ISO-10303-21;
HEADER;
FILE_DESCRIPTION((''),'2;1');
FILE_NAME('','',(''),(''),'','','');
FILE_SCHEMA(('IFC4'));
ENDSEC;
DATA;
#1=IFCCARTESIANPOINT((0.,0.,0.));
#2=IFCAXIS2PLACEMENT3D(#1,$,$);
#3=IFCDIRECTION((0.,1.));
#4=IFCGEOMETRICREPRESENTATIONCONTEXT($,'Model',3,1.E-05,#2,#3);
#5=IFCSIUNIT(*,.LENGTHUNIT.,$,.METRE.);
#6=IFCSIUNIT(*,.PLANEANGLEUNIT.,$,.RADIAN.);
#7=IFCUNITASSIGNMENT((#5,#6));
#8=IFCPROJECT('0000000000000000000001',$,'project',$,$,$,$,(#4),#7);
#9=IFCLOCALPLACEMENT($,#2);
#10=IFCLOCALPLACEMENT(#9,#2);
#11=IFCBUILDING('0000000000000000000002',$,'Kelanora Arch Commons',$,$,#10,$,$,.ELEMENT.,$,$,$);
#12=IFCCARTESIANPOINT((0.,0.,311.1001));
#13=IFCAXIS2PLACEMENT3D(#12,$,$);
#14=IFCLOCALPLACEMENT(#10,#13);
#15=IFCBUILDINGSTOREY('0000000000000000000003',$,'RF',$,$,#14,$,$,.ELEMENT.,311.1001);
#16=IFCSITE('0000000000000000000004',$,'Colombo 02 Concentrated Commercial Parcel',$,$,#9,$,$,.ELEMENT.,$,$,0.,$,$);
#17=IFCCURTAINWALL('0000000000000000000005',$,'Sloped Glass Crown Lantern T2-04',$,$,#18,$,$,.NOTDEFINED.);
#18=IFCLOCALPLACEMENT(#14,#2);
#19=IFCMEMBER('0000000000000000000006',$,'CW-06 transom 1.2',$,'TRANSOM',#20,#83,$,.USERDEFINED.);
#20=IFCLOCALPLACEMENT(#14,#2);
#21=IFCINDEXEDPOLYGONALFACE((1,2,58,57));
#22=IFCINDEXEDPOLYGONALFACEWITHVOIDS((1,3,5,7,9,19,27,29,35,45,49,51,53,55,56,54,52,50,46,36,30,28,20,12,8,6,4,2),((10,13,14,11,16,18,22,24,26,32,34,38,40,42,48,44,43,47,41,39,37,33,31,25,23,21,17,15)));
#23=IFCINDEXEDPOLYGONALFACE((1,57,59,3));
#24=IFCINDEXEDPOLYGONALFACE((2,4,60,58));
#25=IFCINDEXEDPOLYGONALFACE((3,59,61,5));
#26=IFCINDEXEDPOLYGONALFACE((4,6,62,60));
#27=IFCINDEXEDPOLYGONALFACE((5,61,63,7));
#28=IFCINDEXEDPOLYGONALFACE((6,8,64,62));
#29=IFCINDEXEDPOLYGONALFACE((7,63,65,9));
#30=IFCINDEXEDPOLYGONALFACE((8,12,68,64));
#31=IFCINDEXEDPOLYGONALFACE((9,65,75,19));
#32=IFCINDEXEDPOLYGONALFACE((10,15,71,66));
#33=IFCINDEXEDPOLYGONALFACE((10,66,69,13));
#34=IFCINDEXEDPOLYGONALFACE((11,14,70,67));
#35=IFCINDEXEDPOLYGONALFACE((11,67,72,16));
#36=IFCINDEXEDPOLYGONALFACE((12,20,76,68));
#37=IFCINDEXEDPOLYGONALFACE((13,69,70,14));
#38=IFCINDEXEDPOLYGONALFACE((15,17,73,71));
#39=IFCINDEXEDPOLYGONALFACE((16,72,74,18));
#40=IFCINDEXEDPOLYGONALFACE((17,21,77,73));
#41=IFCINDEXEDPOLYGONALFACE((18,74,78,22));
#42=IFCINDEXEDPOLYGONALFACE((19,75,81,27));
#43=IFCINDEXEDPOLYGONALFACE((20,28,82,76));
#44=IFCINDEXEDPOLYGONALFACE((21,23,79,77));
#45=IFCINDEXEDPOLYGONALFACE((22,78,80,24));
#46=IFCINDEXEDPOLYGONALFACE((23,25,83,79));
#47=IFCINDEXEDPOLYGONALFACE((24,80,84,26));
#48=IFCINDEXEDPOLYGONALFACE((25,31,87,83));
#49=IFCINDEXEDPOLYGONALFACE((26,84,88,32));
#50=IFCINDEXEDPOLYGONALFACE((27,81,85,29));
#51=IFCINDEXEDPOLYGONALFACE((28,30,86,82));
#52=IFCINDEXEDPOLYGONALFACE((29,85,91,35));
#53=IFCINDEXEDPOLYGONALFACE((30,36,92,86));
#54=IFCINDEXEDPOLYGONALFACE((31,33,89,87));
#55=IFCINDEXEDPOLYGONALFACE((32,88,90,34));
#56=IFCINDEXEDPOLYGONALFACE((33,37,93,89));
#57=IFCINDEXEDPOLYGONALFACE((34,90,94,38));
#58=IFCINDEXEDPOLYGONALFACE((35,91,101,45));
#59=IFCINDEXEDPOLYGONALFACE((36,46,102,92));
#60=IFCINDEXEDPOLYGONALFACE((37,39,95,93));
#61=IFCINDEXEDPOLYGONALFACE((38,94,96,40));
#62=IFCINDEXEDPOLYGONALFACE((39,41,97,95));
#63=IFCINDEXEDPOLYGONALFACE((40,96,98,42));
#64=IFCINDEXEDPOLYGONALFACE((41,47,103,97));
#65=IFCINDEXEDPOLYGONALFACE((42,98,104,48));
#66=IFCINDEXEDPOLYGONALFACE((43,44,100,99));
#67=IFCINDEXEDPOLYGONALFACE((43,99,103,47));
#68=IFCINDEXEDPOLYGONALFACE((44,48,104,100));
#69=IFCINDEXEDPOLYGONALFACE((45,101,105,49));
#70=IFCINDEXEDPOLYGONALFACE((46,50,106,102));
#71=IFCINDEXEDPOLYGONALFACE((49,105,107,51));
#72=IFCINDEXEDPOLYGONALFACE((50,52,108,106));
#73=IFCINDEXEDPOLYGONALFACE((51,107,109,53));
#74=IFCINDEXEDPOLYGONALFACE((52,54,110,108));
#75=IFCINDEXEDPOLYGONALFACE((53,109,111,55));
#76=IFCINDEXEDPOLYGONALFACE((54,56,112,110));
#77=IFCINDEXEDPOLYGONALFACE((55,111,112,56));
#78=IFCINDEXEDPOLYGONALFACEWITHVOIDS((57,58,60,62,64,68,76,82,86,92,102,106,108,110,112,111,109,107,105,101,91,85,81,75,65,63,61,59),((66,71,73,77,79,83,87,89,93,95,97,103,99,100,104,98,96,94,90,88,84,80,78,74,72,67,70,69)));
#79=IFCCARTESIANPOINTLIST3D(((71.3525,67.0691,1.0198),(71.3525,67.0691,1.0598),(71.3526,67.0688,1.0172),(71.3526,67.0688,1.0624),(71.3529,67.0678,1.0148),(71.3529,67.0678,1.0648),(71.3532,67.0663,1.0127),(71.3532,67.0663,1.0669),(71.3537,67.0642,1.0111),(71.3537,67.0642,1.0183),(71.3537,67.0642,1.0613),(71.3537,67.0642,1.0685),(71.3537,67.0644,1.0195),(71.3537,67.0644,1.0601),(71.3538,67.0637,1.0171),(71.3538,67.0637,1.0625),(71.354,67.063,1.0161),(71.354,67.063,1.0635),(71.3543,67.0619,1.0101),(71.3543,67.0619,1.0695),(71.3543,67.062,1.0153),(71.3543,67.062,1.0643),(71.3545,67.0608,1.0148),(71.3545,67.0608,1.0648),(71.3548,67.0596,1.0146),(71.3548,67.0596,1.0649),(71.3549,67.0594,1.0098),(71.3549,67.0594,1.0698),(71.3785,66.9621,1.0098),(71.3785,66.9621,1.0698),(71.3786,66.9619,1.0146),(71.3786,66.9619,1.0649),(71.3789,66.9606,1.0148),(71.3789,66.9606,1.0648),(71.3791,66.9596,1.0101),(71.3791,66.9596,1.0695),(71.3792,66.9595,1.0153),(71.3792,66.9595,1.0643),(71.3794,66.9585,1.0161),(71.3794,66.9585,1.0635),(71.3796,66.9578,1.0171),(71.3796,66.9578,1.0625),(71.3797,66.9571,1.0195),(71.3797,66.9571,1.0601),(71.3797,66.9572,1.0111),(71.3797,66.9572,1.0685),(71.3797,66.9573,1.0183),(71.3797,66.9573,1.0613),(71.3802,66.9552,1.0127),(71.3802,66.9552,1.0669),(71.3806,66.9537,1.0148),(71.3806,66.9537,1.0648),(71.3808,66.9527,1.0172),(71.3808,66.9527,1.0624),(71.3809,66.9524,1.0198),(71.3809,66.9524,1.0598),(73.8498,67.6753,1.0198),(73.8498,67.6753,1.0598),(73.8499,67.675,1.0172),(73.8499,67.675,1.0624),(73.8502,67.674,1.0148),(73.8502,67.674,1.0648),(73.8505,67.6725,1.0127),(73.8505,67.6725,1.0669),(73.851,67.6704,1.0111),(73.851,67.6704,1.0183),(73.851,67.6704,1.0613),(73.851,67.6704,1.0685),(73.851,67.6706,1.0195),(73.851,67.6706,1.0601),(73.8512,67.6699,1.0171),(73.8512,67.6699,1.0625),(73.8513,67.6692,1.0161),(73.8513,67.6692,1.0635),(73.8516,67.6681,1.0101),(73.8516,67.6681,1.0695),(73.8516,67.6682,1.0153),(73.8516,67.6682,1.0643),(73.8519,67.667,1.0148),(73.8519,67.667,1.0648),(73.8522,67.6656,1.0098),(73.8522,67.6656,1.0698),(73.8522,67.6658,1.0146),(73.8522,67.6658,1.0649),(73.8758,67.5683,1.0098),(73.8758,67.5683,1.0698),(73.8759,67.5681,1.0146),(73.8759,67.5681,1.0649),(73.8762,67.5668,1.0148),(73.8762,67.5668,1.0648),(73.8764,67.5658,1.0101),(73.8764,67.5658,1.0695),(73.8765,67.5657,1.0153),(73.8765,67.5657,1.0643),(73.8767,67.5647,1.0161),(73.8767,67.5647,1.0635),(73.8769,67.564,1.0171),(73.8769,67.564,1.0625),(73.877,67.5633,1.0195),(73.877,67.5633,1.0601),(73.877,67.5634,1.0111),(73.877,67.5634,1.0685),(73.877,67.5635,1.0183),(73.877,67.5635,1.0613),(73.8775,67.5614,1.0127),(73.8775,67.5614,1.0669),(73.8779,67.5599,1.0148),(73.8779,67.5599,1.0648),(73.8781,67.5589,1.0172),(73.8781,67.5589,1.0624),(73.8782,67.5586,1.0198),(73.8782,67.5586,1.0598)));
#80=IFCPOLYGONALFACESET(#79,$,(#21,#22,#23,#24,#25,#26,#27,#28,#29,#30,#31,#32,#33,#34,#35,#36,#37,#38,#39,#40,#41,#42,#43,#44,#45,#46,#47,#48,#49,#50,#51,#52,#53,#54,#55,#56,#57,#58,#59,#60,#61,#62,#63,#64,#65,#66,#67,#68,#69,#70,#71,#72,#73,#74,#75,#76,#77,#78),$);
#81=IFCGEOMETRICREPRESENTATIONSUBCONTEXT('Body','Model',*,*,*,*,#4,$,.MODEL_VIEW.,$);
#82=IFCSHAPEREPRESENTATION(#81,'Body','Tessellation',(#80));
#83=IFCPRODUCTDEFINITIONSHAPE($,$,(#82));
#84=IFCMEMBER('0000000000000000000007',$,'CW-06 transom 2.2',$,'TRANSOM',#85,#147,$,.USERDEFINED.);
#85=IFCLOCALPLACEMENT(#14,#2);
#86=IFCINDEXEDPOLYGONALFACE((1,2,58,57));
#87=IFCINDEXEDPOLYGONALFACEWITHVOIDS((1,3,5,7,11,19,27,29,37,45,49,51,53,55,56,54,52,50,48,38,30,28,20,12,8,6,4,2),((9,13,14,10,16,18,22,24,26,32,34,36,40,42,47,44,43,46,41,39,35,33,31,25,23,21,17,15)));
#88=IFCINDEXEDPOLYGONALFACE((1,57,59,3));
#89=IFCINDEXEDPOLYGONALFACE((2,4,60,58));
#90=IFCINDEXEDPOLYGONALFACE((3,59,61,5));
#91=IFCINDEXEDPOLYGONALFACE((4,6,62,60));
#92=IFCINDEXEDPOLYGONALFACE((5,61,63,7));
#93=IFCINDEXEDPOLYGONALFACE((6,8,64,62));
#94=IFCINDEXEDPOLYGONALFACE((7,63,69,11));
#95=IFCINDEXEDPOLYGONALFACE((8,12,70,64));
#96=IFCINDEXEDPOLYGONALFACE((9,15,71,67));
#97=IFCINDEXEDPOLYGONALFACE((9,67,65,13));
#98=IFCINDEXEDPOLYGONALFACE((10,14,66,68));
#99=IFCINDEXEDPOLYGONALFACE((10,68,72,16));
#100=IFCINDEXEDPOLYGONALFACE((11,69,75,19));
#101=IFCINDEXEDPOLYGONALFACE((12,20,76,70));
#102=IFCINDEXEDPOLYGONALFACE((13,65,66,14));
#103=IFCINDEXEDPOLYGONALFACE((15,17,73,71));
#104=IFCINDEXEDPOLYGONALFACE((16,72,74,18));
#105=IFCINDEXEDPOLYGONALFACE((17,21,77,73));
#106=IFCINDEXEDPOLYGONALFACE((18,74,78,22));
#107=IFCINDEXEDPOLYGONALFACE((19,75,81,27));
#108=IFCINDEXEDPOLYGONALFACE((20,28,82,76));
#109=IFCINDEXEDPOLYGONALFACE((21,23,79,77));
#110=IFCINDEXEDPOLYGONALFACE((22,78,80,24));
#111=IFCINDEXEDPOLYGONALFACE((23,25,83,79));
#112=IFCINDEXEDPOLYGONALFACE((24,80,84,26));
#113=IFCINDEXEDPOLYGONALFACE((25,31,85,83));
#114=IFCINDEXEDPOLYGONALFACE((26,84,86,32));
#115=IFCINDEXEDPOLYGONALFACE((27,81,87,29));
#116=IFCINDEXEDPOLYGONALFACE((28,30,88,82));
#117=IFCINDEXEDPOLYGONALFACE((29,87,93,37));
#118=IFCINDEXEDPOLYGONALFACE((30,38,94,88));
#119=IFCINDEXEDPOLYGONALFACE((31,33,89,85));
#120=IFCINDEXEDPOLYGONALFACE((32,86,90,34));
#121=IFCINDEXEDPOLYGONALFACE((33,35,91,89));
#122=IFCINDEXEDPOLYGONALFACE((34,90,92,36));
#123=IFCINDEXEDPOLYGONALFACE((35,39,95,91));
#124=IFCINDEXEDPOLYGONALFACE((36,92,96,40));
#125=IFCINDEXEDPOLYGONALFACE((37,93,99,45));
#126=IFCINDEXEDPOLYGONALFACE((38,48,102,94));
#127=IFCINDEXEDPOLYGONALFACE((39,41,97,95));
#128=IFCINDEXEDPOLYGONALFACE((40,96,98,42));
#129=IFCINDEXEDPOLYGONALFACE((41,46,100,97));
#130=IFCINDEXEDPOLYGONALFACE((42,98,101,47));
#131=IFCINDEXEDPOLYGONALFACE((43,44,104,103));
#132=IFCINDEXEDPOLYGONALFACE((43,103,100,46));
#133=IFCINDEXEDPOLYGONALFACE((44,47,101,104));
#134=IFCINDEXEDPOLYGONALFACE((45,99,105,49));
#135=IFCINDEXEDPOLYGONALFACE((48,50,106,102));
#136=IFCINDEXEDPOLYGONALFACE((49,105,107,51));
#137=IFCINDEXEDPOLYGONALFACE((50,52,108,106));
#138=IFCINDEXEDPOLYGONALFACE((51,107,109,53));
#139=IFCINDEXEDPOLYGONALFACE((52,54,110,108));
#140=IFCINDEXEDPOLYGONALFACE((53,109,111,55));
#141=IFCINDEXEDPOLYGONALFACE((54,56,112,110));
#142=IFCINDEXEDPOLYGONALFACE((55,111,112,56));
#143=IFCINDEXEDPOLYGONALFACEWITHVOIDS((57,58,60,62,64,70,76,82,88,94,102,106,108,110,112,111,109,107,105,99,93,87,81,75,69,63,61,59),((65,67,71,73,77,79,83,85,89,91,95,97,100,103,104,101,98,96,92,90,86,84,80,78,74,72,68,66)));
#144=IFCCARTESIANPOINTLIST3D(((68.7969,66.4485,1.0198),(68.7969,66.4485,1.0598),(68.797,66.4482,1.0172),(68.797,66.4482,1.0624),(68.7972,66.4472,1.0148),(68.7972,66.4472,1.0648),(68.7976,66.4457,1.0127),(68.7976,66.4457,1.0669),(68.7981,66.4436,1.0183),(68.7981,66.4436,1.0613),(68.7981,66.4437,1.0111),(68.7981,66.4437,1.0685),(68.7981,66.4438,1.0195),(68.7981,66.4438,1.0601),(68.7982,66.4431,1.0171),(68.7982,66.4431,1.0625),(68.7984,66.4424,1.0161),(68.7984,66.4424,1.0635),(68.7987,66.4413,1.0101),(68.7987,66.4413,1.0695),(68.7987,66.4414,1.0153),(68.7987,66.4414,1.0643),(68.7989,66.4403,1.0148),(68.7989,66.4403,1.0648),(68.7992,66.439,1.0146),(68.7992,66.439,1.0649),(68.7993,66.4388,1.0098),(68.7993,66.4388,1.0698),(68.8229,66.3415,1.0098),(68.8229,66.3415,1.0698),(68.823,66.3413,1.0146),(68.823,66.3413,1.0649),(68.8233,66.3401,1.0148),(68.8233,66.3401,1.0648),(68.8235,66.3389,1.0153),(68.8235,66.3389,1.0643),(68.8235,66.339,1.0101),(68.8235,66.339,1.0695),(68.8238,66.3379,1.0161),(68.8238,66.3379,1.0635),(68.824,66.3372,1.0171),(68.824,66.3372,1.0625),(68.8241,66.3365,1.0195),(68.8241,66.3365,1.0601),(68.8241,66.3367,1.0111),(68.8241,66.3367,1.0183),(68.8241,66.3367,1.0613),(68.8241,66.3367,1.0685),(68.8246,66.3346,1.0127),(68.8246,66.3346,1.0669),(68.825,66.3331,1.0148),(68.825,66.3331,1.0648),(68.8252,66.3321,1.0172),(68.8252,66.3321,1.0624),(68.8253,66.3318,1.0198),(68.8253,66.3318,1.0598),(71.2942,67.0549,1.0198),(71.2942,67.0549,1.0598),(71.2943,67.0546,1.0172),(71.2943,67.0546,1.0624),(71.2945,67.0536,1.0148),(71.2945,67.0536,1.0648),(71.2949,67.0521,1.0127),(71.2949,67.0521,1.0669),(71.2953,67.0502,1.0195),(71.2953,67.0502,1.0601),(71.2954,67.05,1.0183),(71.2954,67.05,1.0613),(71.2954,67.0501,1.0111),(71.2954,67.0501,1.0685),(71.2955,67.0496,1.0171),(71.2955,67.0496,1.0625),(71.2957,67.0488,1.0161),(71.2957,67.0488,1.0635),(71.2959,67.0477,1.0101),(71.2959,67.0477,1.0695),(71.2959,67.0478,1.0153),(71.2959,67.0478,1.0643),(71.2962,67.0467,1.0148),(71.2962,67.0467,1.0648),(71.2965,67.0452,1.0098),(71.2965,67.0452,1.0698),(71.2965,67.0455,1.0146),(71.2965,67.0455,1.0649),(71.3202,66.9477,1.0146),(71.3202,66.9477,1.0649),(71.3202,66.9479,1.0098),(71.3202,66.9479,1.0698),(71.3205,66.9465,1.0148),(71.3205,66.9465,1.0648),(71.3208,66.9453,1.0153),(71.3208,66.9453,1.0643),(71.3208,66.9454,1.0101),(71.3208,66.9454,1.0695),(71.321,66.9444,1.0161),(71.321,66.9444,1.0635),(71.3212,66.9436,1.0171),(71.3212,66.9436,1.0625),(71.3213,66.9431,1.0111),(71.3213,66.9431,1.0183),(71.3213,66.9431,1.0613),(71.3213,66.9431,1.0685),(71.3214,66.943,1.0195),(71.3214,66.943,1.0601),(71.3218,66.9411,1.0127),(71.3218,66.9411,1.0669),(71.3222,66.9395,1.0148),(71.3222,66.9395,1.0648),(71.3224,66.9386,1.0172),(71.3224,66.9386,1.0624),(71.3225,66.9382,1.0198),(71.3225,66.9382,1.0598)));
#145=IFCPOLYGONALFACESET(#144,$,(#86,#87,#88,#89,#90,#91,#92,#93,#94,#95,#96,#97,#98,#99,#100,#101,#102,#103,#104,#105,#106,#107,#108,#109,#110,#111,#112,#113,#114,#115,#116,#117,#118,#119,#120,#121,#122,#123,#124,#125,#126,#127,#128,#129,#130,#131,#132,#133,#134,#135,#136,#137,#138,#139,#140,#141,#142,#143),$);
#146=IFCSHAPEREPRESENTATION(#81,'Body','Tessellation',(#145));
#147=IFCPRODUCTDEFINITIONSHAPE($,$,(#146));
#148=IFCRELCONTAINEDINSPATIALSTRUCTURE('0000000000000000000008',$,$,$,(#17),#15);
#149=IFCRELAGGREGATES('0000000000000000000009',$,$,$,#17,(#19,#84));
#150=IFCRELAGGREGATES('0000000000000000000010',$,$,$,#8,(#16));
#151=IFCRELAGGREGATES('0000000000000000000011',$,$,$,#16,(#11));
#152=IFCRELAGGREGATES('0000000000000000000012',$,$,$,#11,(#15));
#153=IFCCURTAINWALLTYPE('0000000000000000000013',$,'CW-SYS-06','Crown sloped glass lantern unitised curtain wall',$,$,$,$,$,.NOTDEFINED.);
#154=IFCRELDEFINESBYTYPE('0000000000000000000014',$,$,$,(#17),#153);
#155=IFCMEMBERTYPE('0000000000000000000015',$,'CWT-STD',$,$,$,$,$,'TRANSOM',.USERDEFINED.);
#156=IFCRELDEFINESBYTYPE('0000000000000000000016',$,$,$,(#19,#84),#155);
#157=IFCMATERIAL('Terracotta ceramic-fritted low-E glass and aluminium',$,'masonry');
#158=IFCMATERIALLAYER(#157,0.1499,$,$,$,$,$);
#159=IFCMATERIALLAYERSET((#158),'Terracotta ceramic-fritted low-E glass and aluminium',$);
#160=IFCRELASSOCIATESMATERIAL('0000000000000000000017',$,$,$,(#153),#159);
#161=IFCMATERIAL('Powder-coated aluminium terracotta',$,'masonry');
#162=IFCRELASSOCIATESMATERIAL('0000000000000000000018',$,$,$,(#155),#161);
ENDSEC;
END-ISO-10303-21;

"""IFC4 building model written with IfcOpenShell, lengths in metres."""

from ifc_helpers import new_model, si_unit, direction, frame, origin, origin_2d, place, context, subcontext, project, spatial, hollow_rectangle, extrude, material, layer, layer_set, material_profile, profile_set, type_object, element, aggregate, save


model = new_model("IFC4")

# Units and contexts
model_context = context("Model", 3, precision=1e-05, world=origin(), true_north=direction((0.0, 1.0)))
body_context = subcontext(model_context, "Body", "Model", "MODEL_VIEW")
ifc_project = project(units=[si_unit("LENGTHUNIT", "METRE"), si_unit("PLANEANGLEUNIT", "RADIAN")], contexts=[model_context])

# Site, building, storey
site_placement = place(None, origin())
site = spatial("IfcSite", under=ifc_project, at=site_placement, Name="Colombo 02 Concentrated Commercial Parcel", CompositionType="ELEMENT", RefElevation=0.0)
building_placement = place(site_placement, origin())
building = spatial("IfcBuilding", under=site, at=building_placement, Name="Kelanora Arch Commons", CompositionType="ELEMENT")
storey_placement = place(building_placement, frame((0.0, 0.0, 311.1001)))
storey = spatial("IfcBuildingStorey", under=building, at=storey_placement, Name="RF", CompositionType="ELEMENT", Elevation=311.1001)

# Shared definitions
ifc_material_1 = material(Name="Terracotta ceramic-fritted low-E glass and aluminium", Category="masonry")
ifc_layer_1 = layer(ifc_material_1, 0.1499)
ifc_layer_set_1 = layer_set([ifc_layer_1], Name="Terracotta ceramic-fritted low-E glass and aluminium")
curtain_wall_type = type_object("IfcCurtainWallType", Name="CW-SYS-06", Description="Crown sloped glass lantern unitised curtain wall", PredefinedType="NOTDEFINED", material=ifc_layer_set_1)
ifc_material_2 = material(Name="Powder-coated aluminium terracotta", Category="masonry")

# Shared definitions
ifc_material_profile_1 = material_profile(ifc_material_2, hollow_rectangle(XDim=0.1201, YDim=0.0601, WallThickness=0.0049, InnerFilletRadius=0.0049, OuterFilletRadius=0.01, at=origin_2d()), Name="CWT120x60")
ifc_profile_set_1 = profile_set([ifc_material_profile_1], Name="Powder-coated aluminium terracotta")
member_type_1 = type_object("IfcMemberType", Name="CWT-STD", ElementType="TRANSOM", PredefinedType="USERDEFINED", material=ifc_profile_set_1)

# Curtain wall, members
curtain_wall_1_placement = place(storey_placement, origin())
curtain_wall_1 = element("IfcCurtainWall", 1, at=curtain_wall_1_placement, inside=storey, type_object=curtain_wall_type, Name="Sloped Glass Crown Lantern T2-04", PredefinedType="NOTDEFINED")
member_1_placement = place(storey_placement, frame((73.864, 67.6169, 1.0398), z_axis=(-0.97178, -0.235891, 0.0), x_axis=(0.235891, -0.97178, 0.0)))
member_1 = element("IfcMember", 2, at=member_1_placement, type_object=member_type_1, Name="CW-06 transom 1.2", ObjectType="TRANSOM", PredefinedType="USERDEFINED", context=body_context, shape_type="SweptSolid", body=[
    extrude(hollow_rectangle(XDim=0.1201, YDim=0.0601, WallThickness=0.0049, InnerFilletRadius=0.0049, OuterFilletRadius=0.01, at=origin_2d()), origin(), (0.0, 0.0, 1.0), 2.5698),
])
member_2_placement = place(storey_placement, frame((71.3083, 66.9966, 1.0398), z_axis=(-0.971758, -0.235981, 0.0), x_axis=(0.235981, -0.971758, 0.0)))
member_2 = element("IfcMember", 3, at=member_2_placement, type_object=member_type_1, Name="CW-06 transom 2.2", ObjectType="TRANSOM", PredefinedType="USERDEFINED", context=body_context, shape_type="SweptSolid", body=[
    extrude(hollow_rectangle(XDim=0.1201, YDim=0.0601, WallThickness=0.0049, InnerFilletRadius=0.0049, OuterFilletRadius=0.01, at=origin_2d()), origin(), (0.0, 0.0, 1.0), 2.5698),
])

aggregate(curtain_wall_1, [member_1, member_2])

save(model, "model.ifc")
